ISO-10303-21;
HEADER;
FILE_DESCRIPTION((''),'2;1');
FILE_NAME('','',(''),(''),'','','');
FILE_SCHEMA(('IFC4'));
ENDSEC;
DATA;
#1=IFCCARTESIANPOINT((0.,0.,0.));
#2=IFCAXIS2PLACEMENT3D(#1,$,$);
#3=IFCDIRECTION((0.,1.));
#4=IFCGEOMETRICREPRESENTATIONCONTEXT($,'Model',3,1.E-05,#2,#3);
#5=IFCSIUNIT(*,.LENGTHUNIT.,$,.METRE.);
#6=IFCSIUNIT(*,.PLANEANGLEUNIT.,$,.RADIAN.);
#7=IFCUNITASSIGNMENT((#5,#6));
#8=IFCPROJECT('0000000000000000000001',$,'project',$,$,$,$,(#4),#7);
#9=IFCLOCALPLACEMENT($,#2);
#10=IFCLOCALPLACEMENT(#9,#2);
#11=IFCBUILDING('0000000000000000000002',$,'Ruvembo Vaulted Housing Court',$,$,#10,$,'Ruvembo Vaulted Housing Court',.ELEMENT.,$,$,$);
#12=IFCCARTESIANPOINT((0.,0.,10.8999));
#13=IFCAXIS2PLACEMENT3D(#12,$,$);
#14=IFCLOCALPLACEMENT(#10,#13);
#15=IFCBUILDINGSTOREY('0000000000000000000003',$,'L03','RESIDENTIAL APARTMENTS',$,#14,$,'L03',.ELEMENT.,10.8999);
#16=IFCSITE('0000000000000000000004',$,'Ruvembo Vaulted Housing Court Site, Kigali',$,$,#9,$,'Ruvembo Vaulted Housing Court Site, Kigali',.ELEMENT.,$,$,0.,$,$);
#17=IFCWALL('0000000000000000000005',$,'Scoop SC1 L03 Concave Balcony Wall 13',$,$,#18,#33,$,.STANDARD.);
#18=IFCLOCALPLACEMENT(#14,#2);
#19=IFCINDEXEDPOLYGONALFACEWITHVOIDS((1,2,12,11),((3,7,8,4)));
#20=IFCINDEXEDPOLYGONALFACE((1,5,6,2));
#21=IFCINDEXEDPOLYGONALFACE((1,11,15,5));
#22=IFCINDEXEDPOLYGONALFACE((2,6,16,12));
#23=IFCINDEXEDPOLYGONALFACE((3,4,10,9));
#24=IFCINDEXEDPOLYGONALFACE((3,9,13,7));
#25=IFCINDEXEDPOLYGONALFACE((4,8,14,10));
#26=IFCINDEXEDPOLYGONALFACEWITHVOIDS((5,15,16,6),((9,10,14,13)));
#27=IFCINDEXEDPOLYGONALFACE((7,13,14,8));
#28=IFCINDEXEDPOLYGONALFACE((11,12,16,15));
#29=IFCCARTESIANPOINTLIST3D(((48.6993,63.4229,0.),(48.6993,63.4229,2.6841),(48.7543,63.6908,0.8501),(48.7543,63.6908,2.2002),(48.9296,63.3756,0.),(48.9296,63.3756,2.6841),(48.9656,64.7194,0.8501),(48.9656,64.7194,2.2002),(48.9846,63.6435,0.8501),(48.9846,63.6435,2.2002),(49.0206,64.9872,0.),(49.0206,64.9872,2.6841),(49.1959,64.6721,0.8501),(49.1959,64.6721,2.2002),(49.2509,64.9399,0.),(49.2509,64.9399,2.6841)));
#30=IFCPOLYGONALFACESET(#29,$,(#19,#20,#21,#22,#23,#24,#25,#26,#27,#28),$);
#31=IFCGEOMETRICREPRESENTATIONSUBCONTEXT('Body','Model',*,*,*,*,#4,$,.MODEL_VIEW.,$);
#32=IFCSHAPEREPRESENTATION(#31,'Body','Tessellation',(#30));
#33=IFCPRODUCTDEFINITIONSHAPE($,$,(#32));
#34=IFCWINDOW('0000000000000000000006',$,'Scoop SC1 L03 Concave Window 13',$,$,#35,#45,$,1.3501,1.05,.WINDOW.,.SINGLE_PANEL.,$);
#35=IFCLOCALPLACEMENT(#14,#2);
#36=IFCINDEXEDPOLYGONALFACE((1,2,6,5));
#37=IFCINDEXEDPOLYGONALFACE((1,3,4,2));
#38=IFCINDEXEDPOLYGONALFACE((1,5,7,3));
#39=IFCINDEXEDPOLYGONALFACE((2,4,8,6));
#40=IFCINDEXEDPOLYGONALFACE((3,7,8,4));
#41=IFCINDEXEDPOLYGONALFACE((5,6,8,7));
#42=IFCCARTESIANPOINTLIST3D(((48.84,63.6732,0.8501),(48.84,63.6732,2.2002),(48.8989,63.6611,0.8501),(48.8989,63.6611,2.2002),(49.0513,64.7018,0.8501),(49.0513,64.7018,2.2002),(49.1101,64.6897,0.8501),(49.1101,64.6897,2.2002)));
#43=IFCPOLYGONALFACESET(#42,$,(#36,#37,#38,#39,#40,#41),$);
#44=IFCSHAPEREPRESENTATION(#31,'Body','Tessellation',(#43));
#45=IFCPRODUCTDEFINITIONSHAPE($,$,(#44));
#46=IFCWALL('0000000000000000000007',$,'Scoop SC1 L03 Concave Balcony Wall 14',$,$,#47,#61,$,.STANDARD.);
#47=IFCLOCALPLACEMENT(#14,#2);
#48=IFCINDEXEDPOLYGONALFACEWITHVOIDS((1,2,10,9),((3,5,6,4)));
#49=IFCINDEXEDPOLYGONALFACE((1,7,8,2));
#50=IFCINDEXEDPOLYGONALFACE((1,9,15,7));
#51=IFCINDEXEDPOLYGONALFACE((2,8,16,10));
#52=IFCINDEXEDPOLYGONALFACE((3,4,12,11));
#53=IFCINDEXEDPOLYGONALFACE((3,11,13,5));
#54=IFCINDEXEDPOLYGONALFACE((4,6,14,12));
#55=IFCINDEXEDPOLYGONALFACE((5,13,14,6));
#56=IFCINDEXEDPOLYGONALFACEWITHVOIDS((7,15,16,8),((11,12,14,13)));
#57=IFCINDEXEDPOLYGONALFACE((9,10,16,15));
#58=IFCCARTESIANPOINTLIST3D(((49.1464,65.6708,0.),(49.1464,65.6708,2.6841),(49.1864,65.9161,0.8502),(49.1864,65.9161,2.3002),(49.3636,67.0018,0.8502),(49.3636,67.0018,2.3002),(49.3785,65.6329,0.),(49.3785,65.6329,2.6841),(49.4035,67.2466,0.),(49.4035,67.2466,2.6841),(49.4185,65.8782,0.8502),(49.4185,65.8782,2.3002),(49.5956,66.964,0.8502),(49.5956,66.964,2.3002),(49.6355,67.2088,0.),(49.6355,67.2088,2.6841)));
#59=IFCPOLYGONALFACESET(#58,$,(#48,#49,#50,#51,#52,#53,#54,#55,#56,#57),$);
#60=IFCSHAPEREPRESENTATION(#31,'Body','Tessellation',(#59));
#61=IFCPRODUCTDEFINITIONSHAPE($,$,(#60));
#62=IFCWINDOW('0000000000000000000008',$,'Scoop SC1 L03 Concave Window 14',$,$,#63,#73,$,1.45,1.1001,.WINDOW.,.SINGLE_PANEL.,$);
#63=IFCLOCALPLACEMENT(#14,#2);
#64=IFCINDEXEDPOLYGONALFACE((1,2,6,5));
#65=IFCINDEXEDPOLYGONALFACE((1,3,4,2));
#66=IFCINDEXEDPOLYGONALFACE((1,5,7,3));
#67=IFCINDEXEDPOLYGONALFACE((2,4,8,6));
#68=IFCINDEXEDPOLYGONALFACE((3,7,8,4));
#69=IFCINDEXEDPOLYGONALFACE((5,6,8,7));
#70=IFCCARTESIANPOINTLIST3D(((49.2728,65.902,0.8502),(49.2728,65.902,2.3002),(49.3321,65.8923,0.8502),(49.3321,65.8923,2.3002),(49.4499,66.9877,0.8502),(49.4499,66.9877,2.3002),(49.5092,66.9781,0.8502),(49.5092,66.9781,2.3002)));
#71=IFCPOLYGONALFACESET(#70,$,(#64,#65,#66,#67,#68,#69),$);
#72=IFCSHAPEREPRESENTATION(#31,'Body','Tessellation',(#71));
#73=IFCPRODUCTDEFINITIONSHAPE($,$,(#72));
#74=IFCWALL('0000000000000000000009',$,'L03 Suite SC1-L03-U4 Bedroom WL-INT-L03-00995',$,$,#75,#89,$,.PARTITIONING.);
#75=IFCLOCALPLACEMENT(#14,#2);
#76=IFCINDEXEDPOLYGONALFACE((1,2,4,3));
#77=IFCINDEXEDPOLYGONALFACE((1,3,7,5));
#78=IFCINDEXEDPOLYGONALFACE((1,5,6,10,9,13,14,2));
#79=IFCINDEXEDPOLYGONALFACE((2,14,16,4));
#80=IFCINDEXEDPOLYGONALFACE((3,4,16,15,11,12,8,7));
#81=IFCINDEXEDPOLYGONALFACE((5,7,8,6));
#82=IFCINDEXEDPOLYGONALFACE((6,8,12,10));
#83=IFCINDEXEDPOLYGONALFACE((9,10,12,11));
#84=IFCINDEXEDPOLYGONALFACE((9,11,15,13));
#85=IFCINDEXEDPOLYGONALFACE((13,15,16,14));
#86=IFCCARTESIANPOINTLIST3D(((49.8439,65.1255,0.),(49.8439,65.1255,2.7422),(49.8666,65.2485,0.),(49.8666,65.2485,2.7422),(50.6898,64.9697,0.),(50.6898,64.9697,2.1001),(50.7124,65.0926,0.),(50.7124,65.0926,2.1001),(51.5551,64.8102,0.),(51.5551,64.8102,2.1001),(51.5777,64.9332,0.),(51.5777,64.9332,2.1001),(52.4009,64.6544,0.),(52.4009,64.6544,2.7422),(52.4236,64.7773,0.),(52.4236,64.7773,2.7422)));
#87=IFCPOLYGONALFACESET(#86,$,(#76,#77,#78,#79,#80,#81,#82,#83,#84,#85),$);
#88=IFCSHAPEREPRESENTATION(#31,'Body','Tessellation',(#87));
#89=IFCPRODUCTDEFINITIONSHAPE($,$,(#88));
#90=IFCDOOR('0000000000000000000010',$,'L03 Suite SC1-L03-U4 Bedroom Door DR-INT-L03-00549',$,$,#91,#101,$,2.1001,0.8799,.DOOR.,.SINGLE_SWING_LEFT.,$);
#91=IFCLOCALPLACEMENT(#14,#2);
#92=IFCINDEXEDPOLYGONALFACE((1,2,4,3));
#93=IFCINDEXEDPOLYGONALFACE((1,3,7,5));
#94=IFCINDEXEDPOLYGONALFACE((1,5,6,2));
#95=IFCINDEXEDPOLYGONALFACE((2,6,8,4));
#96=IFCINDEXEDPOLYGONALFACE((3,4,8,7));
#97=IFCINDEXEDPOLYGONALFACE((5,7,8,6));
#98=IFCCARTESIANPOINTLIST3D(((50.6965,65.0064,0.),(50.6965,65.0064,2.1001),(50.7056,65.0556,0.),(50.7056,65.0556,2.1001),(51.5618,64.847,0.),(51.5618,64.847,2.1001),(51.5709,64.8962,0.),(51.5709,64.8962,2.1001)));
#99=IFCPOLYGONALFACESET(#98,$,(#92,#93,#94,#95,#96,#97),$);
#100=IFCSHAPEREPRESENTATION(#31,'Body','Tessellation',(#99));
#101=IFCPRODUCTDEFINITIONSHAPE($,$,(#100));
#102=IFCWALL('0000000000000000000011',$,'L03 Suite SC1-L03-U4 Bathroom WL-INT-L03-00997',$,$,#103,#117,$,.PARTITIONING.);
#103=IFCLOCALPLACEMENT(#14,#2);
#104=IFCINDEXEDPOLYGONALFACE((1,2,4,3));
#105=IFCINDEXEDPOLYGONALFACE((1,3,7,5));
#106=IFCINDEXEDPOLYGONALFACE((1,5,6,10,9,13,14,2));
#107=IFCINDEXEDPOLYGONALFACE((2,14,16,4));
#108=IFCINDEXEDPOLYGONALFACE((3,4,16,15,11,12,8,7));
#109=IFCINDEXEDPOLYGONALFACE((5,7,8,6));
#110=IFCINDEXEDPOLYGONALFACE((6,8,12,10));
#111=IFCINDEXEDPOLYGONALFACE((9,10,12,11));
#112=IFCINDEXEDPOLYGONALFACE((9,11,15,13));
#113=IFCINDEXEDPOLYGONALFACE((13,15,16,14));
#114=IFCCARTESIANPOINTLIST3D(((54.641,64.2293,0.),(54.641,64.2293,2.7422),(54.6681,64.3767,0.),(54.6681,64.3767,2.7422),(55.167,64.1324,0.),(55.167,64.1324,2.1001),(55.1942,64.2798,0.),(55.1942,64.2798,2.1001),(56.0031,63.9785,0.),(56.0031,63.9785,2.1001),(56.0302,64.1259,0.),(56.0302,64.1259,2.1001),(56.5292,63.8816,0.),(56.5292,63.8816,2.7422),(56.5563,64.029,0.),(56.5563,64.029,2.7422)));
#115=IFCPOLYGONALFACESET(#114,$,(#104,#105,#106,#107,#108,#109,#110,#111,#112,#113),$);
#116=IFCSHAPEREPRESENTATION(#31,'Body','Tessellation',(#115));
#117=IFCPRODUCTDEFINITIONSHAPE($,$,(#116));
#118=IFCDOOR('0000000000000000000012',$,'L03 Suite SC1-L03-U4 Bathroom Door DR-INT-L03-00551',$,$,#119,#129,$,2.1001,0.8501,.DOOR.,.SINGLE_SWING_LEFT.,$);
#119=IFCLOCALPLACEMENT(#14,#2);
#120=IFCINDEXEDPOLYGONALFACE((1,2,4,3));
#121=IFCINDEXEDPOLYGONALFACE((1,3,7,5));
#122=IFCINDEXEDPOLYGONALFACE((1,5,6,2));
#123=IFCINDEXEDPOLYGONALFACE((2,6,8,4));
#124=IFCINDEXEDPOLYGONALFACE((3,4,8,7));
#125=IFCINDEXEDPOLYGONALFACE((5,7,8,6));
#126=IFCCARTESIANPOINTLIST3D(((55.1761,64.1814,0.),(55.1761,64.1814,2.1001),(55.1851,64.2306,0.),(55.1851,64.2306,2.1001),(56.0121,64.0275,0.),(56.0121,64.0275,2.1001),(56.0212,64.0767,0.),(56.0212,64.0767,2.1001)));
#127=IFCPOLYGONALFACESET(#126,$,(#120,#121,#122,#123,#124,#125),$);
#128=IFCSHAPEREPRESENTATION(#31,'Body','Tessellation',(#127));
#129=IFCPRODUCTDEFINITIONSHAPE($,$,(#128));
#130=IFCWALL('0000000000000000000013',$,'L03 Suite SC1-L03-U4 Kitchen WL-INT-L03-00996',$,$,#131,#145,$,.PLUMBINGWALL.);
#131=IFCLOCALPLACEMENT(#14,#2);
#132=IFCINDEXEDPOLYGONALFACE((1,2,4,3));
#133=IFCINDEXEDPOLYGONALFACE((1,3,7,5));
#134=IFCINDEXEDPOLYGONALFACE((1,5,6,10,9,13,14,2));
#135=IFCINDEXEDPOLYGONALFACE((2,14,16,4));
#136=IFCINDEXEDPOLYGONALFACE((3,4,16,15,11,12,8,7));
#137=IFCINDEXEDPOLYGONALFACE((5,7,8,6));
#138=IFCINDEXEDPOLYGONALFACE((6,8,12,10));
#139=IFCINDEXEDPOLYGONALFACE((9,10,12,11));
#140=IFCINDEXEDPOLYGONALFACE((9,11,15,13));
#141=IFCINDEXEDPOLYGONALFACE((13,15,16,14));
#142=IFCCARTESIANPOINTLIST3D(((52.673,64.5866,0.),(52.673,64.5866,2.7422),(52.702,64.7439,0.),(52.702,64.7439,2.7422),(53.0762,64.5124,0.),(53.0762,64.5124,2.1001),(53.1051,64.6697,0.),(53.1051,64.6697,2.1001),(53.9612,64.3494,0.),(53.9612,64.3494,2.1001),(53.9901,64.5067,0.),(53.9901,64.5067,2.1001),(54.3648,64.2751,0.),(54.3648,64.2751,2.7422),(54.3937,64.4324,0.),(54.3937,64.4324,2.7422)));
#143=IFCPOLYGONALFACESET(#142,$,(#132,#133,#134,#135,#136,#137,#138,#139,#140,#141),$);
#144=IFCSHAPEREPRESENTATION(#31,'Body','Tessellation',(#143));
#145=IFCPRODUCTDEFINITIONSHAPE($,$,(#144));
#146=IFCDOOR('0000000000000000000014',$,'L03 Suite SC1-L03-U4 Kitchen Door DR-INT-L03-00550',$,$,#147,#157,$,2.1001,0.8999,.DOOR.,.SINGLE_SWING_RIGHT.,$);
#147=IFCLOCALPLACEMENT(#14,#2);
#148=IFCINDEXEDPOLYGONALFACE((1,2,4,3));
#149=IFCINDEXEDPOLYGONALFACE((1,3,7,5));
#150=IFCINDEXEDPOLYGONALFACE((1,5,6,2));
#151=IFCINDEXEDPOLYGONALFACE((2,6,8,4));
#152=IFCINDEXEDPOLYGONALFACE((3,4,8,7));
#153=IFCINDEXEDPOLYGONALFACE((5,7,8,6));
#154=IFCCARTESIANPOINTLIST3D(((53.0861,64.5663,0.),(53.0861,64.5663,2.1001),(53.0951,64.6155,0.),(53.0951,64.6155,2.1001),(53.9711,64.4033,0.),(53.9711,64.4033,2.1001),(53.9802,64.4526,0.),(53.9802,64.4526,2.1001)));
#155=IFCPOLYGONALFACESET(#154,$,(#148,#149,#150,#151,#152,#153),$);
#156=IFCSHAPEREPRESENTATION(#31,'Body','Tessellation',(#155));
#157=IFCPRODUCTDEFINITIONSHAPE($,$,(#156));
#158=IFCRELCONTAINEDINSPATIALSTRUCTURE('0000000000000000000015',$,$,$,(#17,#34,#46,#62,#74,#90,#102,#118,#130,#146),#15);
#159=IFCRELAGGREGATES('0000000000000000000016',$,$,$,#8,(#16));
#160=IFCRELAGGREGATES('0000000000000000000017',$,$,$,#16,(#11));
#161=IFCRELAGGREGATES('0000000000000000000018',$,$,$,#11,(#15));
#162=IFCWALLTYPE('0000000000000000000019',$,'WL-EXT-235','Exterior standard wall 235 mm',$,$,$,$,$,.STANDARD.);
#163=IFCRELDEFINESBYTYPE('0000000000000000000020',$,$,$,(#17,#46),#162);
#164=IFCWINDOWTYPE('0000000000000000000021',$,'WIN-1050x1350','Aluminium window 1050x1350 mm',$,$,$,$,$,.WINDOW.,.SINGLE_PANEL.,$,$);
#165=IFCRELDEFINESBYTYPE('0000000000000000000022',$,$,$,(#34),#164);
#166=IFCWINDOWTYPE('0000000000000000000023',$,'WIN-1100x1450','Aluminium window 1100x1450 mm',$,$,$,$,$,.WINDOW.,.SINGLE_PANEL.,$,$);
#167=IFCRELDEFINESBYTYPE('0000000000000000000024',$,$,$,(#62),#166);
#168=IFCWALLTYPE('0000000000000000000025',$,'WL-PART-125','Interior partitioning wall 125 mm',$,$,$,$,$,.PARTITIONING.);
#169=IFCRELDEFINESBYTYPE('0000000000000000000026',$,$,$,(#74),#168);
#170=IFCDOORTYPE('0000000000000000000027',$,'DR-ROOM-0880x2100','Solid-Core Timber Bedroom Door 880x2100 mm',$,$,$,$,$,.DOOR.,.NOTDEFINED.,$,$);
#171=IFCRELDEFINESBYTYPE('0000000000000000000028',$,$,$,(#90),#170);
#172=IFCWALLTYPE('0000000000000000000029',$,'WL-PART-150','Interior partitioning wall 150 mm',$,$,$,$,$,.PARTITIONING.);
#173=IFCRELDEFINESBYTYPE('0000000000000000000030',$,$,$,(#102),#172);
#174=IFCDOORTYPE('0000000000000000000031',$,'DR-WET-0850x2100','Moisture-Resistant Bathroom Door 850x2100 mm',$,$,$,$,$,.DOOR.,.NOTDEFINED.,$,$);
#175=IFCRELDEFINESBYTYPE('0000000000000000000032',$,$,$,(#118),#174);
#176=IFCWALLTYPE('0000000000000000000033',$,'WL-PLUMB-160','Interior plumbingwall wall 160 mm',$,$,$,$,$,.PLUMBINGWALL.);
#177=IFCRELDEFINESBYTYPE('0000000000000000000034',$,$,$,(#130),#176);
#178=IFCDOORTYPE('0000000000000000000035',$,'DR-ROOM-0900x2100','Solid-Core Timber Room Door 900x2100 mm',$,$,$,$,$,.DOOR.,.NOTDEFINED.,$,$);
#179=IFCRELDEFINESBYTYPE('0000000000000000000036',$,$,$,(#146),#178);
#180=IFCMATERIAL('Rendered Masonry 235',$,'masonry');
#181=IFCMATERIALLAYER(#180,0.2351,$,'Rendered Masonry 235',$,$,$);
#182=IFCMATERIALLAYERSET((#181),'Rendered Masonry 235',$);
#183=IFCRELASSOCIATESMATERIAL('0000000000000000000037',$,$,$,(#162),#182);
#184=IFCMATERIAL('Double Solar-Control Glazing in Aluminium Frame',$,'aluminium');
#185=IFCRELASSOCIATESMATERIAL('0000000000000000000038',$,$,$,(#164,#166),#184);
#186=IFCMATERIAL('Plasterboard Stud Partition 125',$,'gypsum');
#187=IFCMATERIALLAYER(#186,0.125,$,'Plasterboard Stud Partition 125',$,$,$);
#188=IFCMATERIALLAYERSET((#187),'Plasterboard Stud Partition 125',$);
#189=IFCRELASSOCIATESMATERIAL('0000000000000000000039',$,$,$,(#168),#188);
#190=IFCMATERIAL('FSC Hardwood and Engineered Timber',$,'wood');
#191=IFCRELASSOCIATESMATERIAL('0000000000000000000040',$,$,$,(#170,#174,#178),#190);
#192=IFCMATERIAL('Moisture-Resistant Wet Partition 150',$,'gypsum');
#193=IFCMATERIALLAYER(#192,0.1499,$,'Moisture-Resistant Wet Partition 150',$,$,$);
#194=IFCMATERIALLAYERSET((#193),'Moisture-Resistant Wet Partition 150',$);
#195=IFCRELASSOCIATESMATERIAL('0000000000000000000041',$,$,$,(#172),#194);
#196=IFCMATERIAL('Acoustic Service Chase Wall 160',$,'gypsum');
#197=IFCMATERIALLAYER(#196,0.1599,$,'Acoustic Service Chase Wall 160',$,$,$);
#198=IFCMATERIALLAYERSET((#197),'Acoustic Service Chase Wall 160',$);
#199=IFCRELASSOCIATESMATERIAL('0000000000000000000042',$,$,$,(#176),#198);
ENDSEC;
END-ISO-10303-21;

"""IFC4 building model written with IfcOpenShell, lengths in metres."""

from ifc_helpers import new_model, si_unit, direction, frame, frame_2d, origin, place, context, subcontext, project, spatial, rectangle, extrude, material, layer, layer_set, type_object, element, fill, save


model = new_model("IFC4")

# Units and contexts
model_context = context("Model", 3, precision=1e-05, world=origin(), true_north=direction((0.0, 1.0)))
body_context = subcontext(model_context, "Body", "Model", "MODEL_VIEW")
ifc_project = project(units=[si_unit("LENGTHUNIT", "METRE"), si_unit("PLANEANGLEUNIT", "RADIAN")], contexts=[model_context])

# Site, building, storey
site_placement = place(None, origin())
site = spatial("IfcSite", under=ifc_project, at=site_placement, Name="Ruvembo Vaulted Housing Court Site, Kigali", LongName="Ruvembo Vaulted Housing Court Site, Kigali", CompositionType="ELEMENT", RefElevation=0.0)
building_placement = place(site_placement, origin())
building = spatial("IfcBuilding", under=site, at=building_placement, Name="Ruvembo Vaulted Housing Court", LongName="Ruvembo Vaulted Housing Court", CompositionType="ELEMENT")
storey_placement = place(building_placement, frame((0.0, 0.0, 10.8999)))
storey = spatial("IfcBuildingStorey", under=building, at=storey_placement, Name="L03", Description="RESIDENTIAL APARTMENTS", LongName="L03", CompositionType="ELEMENT", Elevation=10.8999)

# Shared definitions
ifc_material_1 = material(Name="FSC Hardwood and Engineered Timber", Category="wood")

# Walls, openings, windows
ifc_material_2 = material(Name="Rendered Masonry 235", Category="masonry")
ifc_layer_1 = layer(ifc_material_2, 0.2351, Name="Rendered Masonry 235")
ifc_layer_set_1 = layer_set([ifc_layer_1], Name="Rendered Masonry 235")
wall_type_1 = type_object("IfcWallType", Name="WL-EXT-235", Description="Exterior standard wall 235 mm", PredefinedType="STANDARD", material=ifc_layer_set_1)
ifc_material_3 = material(Name="Double Solar-Control Glazing in Aluminium Frame", Category="aluminium")
wall_1_placement = place(storey_placement, frame((48.8145, 63.3994, 0.0), z_axis=(0.0, 0.0, 1.0), x_axis=(0.2012, 0.97955, 0.0)))
wall_1 = element("IfcWall", 1, at=wall_1_placement, inside=storey, type_object=wall_type_1, Name="Scoop SC1 L03 Concave Balcony Wall 13", PredefinedType="STANDARD", context=body_context, shape_type="SweptSolid", body=[
    extrude(rectangle(XDim=1.5969, YDim=0.2351, at=frame_2d((0.7983, 0.0))), origin(), (0.0, 0.0, 1.0), 2.6841),
])
opening_1_placement = place(wall_1_placement, frame((0.2734, 0.0, 0.8501)))
opening_1 = element("IfcOpeningElement", 2, at=opening_1_placement, cuts=wall_1, PredefinedType="OPENING", context=body_context, shape_type="SweptSolid", body=[
    extrude(rectangle(XDim=1.05, YDim=1.3501, at=frame_2d((0.5249, 0.675))), frame((0.0, 0.1274, 0.0), z_axis=(0.0, -1.0, 0.0), x_axis=(1.0, 0.0, 0.0)), (0.0, 0.0, 1.0), 0.2551),
])
window_type_1 = type_object("IfcWindowType", Name="WIN-1050x1350", Description="Aluminium window 1050x1350 mm", PartitioningType="SINGLE_PANEL", PredefinedType="WINDOW", material=ifc_material_3)
window_1_placement = place(opening_1_placement, origin())
window_1 = element("IfcWindow", 3, at=window_1_placement, inside=storey, type_object=window_type_1, Name="Scoop SC1 L03 Concave Window 13", OverallHeight=1.3501, OverallWidth=1.05, PartitioningType="SINGLE_PANEL", PredefinedType="WINDOW", context=body_context, shape_type="SweptSolid", body=[
    extrude(rectangle(XDim=1.05, YDim=1.3501, at=frame_2d((0.5249, 0.675))), frame((0.0, 0.03, 0.0), z_axis=(0.0, -1.0, 0.0), x_axis=(1.0, 0.0, 0.0)), (0.0, 0.0, 1.0), 0.0601),
])
fill(opening_1, window_1)
wall_2_placement = place(storey_placement, frame((49.2625, 65.6519, 0.0), z_axis=(0.0, 0.0, 1.0), x_axis=(0.161001, 0.986954, 0.0)))
wall_2 = element("IfcWall", 4, at=wall_2_placement, inside=storey, type_object=wall_type_1, Name="Scoop SC1 L03 Concave Balcony Wall 14", PredefinedType="STANDARD", context=body_context, shape_type="SweptSolid", body=[
    extrude(rectangle(XDim=1.5967, YDim=0.2351, at=frame_2d((0.7983, 0.0))), origin(), (0.0, 0.0, 1.0), 2.6841),
])
opening_2_placement = place(wall_2_placement, frame((0.2485, 0.0, 0.8501)))
opening_2 = element("IfcOpeningElement", 5, at=opening_2_placement, cuts=wall_2, PredefinedType="OPENING", context=body_context, shape_type="SweptSolid", body=[
    extrude(rectangle(XDim=1.1001, YDim=1.45, at=frame_2d((0.55, 0.7251))), frame((0.0, 0.1274, 0.0), z_axis=(0.0, -1.0, 0.0), x_axis=(1.0, 0.0, 0.0)), (0.0, 0.0, 1.0), 0.2551),
])
window_type_2 = type_object("IfcWindowType", Name="WIN-1100x1450", Description="Aluminium window 1100x1450 mm", PartitioningType="SINGLE_PANEL", PredefinedType="WINDOW", material=ifc_material_3)
window_2_placement = place(opening_2_placement, origin())
window_2 = element("IfcWindow", 6, at=window_2_placement, inside=storey, type_object=window_type_2, Name="Scoop SC1 L03 Concave Window 14", OverallHeight=1.45, OverallWidth=1.1001, PartitioningType="SINGLE_PANEL", PredefinedType="WINDOW", context=body_context, shape_type="SweptSolid", body=[
    extrude(rectangle(XDim=1.1001, YDim=1.45, at=frame_2d((0.55, 0.7251))), frame((0.0, 0.03, 0.0), z_axis=(0.0, -1.0, 0.0), x_axis=(1.0, 0.0, 0.0)), (0.0, 0.0, 1.0), 0.0601),
])
fill(opening_2, window_2)

# Walls, openings, doors
ifc_material_4 = material(Name="Plasterboard Stud Partition 125", Category="gypsum")
ifc_layer_2 = layer(ifc_material_4, 0.125, Name="Plasterboard Stud Partition 125")
ifc_layer_set_2 = layer_set([ifc_layer_2], Name="Plasterboard Stud Partition 125")
wall_type_2 = type_object("IfcWallType", Name="WL-PART-125", Description="Interior partitioning wall 125 mm", PredefinedType="PARTITIONING", material=ifc_layer_set_2)
wall_3_placement = place(storey_placement, frame((49.8552, 65.187, 0.0), z_axis=(0.0, 0.0, 1.0), x_axis=(0.983444, -0.181215, 0.0)))
wall_3 = element("IfcWall", 7, at=wall_3_placement, inside=storey, type_object=wall_type_2, Name="L03 Suite SC1-L03-U4 Bedroom WL-INT-L03-00995", PredefinedType="PARTITIONING", context=body_context, shape_type="SweptSolid", body=[
    extrude(rectangle(XDim=2.6001, YDim=0.125, at=frame_2d((1.3, 0.0))), origin(), (0.0, 0.0, 1.0), 2.7422),
])
opening_3_placement = place(wall_3_placement, frame((0.8601, 0.0, 0.0)))
opening_3 = element("IfcOpeningElement", 8, at=opening_3_placement, cuts=wall_3, PredefinedType="OPENING", context=body_context, shape_type="SweptSolid", body=[
    extrude(rectangle(XDim=0.8799, YDim=2.1001, at=frame_2d((0.4399, 1.05))), frame((0.0, 0.0725, 0.0), z_axis=(0.0, -1.0, 0.0), x_axis=(1.0, 0.0, 0.0)), (0.0, 0.0, 1.0), 0.145),
])
door_type_1 = type_object("IfcDoorType", Name="DR-ROOM-0880x2100", Description="Solid-Core Timber Bedroom Door 880x2100 mm", OperationType="NOTDEFINED", PredefinedType="DOOR", material=ifc_material_1)
door_1_placement = place(opening_3_placement, origin())
door_1 = element("IfcDoor", 9, at=door_1_placement, inside=storey, type_object=door_type_1, Name="L03 Suite SC1-L03-U4 Bedroom Door DR-INT-L03-00549", OperationType="SINGLE_SWING_LEFT", OverallHeight=2.1001, OverallWidth=0.8799, PredefinedType="DOOR", context=body_context, shape_type="SweptSolid", body=[
    extrude(rectangle(XDim=0.8799, YDim=2.1001, at=frame_2d((0.4399, 1.05))), frame((0.0, 0.0249, 0.0), z_axis=(0.0, -1.0, 0.0), x_axis=(1.0, 0.0, 0.0)), (0.0, 0.0, 1.0), 0.05),
])
fill(opening_3, door_1)
ifc_material_5 = material(Name="Moisture-Resistant Wet Partition 150", Category="gypsum")
ifc_layer_3 = layer(ifc_material_5, 0.1499, Name="Moisture-Resistant Wet Partition 150")
ifc_layer_set_3 = layer_set([ifc_layer_3], Name="Moisture-Resistant Wet Partition 150")
wall_type_3 = type_object("IfcWallType", Name="WL-PART-150", Description="Interior partitioning wall 150 mm", PredefinedType="PARTITIONING", material=ifc_layer_set_3)
wall_4_placement = place(storey_placement, frame((54.6545, 64.303, 0.0), z_axis=(0.0, 0.0, 1.0), x_axis=(0.983469, -0.181078, 0.0)))
wall_4 = element("IfcWall", 10, at=wall_4_placement, inside=storey, type_object=wall_type_3, Name="L03 Suite SC1-L03-U4 Bathroom WL-INT-L03-00997", PredefinedType="PARTITIONING", context=body_context, shape_type="SweptSolid", body=[
    extrude(rectangle(XDim=1.9199, YDim=0.1499, at=frame_2d((0.96, 0.0))), origin(), (0.0, 0.0, 1.0), 2.7422),
])
opening_4_placement = place(wall_4_placement, frame((0.5349, 0.0, 0.0)))
opening_4 = element("IfcOpeningElement", 11, at=opening_4_placement, cuts=wall_4, PredefinedType="OPENING", context=body_context, shape_type="SweptSolid", body=[
    extrude(rectangle(XDim=0.8501, YDim=2.1001, at=frame_2d((0.425, 1.05))), frame((0.0, 0.085, 0.0), z_axis=(0.0, -1.0, 0.0), x_axis=(1.0, 0.0, 0.0)), (0.0, 0.0, 1.0), 0.1699),
])
door_type_2 = type_object("IfcDoorType", Name="DR-WET-0850x2100", Description="Moisture-Resistant Bathroom Door 850x2100 mm", OperationType="NOTDEFINED", PredefinedType="DOOR", material=ifc_material_1)
door_2_placement = place(opening_4_placement, origin())
door_2 = element("IfcDoor", 12, at=door_2_placement, inside=storey, type_object=door_type_2, Name="L03 Suite SC1-L03-U4 Bathroom Door DR-INT-L03-00551", OperationType="SINGLE_SWING_LEFT", OverallHeight=2.1001, OverallWidth=0.8501, PredefinedType="DOOR", context=body_context, shape_type="SweptSolid", body=[
    extrude(rectangle(XDim=0.8501, YDim=2.1001, at=frame_2d((0.425, 1.05))), frame((0.0, 0.0249, 0.0), z_axis=(0.0, -1.0, 0.0), x_axis=(1.0, 0.0, 0.0)), (0.0, 0.0, 1.0), 0.05),
])
fill(opening_4, door_2)
ifc_material_6 = material(Name="Acoustic Service Chase Wall 160", Category="gypsum")
ifc_layer_4 = layer(ifc_material_6, 0.1599, Name="Acoustic Service Chase Wall 160")
ifc_layer_set_4 = layer_set([ifc_layer_4], Name="Acoustic Service Chase Wall 160")
wall_type_4 = type_object("IfcWallType", Name="WL-PLUMB-160", Description="Interior plumbingwall wall 160 mm", PredefinedType="PLUMBINGWALL", material=ifc_layer_set_4)
wall_5_placement = place(storey_placement, frame((52.6875, 64.6653, 0.0), z_axis=(0.0, 0.0, 1.0), x_axis=(0.983463, -0.181108, 0.0)))
wall_5 = element("IfcWall", 13, at=wall_5_placement, inside=storey, type_object=wall_type_4, Name="L03 Suite SC1-L03-U4 Kitchen WL-INT-L03-00996", PredefinedType="PLUMBINGWALL", context=body_context, shape_type="SweptSolid", body=[
    extrude(rectangle(XDim=1.7202, YDim=0.1599, at=frame_2d((0.8601, 0.0))), origin(), (0.0, 0.0, 1.0), 2.7422),
])
opening_5_placement = place(wall_5_placement, frame((0.4099, 0.0, 0.0)))
opening_5 = element("IfcOpeningElement", 14, at=opening_5_placement, cuts=wall_5, PredefinedType="OPENING", context=body_context, shape_type="SweptSolid", body=[
    extrude(rectangle(XDim=0.8999, YDim=2.1001, at=frame_2d((0.45, 1.05))), frame((0.0, 0.0898, 0.0), z_axis=(0.0, -1.0, 0.0), x_axis=(1.0, 0.0, 0.0)), (0.0, 0.0, 1.0), 0.1799),
])
door_type_3 = type_object("IfcDoorType", Name="DR-ROOM-0900x2100", Description="Solid-Core Timber Room Door 900x2100 mm", OperationType="NOTDEFINED", PredefinedType="DOOR", material=ifc_material_1)
door_3_placement = place(opening_5_placement, origin())
door_3 = element("IfcDoor", 15, at=door_3_placement, inside=storey, type_object=door_type_3, Name="L03 Suite SC1-L03-U4 Kitchen Door DR-INT-L03-00550", OperationType="SINGLE_SWING_RIGHT", OverallHeight=2.1001, OverallWidth=0.8999, PredefinedType="DOOR", context=body_context, shape_type="SweptSolid", body=[
    extrude(rectangle(XDim=0.8999, YDim=2.1001, at=frame_2d((0.45, 1.05))), frame((0.0, 0.0249, 0.0), z_axis=(0.0, -1.0, 0.0), x_axis=(1.0, 0.0, 0.0)), (0.0, 0.0, 1.0), 0.05),
])
fill(opening_5, door_3)

save(model, "model.ifc")
